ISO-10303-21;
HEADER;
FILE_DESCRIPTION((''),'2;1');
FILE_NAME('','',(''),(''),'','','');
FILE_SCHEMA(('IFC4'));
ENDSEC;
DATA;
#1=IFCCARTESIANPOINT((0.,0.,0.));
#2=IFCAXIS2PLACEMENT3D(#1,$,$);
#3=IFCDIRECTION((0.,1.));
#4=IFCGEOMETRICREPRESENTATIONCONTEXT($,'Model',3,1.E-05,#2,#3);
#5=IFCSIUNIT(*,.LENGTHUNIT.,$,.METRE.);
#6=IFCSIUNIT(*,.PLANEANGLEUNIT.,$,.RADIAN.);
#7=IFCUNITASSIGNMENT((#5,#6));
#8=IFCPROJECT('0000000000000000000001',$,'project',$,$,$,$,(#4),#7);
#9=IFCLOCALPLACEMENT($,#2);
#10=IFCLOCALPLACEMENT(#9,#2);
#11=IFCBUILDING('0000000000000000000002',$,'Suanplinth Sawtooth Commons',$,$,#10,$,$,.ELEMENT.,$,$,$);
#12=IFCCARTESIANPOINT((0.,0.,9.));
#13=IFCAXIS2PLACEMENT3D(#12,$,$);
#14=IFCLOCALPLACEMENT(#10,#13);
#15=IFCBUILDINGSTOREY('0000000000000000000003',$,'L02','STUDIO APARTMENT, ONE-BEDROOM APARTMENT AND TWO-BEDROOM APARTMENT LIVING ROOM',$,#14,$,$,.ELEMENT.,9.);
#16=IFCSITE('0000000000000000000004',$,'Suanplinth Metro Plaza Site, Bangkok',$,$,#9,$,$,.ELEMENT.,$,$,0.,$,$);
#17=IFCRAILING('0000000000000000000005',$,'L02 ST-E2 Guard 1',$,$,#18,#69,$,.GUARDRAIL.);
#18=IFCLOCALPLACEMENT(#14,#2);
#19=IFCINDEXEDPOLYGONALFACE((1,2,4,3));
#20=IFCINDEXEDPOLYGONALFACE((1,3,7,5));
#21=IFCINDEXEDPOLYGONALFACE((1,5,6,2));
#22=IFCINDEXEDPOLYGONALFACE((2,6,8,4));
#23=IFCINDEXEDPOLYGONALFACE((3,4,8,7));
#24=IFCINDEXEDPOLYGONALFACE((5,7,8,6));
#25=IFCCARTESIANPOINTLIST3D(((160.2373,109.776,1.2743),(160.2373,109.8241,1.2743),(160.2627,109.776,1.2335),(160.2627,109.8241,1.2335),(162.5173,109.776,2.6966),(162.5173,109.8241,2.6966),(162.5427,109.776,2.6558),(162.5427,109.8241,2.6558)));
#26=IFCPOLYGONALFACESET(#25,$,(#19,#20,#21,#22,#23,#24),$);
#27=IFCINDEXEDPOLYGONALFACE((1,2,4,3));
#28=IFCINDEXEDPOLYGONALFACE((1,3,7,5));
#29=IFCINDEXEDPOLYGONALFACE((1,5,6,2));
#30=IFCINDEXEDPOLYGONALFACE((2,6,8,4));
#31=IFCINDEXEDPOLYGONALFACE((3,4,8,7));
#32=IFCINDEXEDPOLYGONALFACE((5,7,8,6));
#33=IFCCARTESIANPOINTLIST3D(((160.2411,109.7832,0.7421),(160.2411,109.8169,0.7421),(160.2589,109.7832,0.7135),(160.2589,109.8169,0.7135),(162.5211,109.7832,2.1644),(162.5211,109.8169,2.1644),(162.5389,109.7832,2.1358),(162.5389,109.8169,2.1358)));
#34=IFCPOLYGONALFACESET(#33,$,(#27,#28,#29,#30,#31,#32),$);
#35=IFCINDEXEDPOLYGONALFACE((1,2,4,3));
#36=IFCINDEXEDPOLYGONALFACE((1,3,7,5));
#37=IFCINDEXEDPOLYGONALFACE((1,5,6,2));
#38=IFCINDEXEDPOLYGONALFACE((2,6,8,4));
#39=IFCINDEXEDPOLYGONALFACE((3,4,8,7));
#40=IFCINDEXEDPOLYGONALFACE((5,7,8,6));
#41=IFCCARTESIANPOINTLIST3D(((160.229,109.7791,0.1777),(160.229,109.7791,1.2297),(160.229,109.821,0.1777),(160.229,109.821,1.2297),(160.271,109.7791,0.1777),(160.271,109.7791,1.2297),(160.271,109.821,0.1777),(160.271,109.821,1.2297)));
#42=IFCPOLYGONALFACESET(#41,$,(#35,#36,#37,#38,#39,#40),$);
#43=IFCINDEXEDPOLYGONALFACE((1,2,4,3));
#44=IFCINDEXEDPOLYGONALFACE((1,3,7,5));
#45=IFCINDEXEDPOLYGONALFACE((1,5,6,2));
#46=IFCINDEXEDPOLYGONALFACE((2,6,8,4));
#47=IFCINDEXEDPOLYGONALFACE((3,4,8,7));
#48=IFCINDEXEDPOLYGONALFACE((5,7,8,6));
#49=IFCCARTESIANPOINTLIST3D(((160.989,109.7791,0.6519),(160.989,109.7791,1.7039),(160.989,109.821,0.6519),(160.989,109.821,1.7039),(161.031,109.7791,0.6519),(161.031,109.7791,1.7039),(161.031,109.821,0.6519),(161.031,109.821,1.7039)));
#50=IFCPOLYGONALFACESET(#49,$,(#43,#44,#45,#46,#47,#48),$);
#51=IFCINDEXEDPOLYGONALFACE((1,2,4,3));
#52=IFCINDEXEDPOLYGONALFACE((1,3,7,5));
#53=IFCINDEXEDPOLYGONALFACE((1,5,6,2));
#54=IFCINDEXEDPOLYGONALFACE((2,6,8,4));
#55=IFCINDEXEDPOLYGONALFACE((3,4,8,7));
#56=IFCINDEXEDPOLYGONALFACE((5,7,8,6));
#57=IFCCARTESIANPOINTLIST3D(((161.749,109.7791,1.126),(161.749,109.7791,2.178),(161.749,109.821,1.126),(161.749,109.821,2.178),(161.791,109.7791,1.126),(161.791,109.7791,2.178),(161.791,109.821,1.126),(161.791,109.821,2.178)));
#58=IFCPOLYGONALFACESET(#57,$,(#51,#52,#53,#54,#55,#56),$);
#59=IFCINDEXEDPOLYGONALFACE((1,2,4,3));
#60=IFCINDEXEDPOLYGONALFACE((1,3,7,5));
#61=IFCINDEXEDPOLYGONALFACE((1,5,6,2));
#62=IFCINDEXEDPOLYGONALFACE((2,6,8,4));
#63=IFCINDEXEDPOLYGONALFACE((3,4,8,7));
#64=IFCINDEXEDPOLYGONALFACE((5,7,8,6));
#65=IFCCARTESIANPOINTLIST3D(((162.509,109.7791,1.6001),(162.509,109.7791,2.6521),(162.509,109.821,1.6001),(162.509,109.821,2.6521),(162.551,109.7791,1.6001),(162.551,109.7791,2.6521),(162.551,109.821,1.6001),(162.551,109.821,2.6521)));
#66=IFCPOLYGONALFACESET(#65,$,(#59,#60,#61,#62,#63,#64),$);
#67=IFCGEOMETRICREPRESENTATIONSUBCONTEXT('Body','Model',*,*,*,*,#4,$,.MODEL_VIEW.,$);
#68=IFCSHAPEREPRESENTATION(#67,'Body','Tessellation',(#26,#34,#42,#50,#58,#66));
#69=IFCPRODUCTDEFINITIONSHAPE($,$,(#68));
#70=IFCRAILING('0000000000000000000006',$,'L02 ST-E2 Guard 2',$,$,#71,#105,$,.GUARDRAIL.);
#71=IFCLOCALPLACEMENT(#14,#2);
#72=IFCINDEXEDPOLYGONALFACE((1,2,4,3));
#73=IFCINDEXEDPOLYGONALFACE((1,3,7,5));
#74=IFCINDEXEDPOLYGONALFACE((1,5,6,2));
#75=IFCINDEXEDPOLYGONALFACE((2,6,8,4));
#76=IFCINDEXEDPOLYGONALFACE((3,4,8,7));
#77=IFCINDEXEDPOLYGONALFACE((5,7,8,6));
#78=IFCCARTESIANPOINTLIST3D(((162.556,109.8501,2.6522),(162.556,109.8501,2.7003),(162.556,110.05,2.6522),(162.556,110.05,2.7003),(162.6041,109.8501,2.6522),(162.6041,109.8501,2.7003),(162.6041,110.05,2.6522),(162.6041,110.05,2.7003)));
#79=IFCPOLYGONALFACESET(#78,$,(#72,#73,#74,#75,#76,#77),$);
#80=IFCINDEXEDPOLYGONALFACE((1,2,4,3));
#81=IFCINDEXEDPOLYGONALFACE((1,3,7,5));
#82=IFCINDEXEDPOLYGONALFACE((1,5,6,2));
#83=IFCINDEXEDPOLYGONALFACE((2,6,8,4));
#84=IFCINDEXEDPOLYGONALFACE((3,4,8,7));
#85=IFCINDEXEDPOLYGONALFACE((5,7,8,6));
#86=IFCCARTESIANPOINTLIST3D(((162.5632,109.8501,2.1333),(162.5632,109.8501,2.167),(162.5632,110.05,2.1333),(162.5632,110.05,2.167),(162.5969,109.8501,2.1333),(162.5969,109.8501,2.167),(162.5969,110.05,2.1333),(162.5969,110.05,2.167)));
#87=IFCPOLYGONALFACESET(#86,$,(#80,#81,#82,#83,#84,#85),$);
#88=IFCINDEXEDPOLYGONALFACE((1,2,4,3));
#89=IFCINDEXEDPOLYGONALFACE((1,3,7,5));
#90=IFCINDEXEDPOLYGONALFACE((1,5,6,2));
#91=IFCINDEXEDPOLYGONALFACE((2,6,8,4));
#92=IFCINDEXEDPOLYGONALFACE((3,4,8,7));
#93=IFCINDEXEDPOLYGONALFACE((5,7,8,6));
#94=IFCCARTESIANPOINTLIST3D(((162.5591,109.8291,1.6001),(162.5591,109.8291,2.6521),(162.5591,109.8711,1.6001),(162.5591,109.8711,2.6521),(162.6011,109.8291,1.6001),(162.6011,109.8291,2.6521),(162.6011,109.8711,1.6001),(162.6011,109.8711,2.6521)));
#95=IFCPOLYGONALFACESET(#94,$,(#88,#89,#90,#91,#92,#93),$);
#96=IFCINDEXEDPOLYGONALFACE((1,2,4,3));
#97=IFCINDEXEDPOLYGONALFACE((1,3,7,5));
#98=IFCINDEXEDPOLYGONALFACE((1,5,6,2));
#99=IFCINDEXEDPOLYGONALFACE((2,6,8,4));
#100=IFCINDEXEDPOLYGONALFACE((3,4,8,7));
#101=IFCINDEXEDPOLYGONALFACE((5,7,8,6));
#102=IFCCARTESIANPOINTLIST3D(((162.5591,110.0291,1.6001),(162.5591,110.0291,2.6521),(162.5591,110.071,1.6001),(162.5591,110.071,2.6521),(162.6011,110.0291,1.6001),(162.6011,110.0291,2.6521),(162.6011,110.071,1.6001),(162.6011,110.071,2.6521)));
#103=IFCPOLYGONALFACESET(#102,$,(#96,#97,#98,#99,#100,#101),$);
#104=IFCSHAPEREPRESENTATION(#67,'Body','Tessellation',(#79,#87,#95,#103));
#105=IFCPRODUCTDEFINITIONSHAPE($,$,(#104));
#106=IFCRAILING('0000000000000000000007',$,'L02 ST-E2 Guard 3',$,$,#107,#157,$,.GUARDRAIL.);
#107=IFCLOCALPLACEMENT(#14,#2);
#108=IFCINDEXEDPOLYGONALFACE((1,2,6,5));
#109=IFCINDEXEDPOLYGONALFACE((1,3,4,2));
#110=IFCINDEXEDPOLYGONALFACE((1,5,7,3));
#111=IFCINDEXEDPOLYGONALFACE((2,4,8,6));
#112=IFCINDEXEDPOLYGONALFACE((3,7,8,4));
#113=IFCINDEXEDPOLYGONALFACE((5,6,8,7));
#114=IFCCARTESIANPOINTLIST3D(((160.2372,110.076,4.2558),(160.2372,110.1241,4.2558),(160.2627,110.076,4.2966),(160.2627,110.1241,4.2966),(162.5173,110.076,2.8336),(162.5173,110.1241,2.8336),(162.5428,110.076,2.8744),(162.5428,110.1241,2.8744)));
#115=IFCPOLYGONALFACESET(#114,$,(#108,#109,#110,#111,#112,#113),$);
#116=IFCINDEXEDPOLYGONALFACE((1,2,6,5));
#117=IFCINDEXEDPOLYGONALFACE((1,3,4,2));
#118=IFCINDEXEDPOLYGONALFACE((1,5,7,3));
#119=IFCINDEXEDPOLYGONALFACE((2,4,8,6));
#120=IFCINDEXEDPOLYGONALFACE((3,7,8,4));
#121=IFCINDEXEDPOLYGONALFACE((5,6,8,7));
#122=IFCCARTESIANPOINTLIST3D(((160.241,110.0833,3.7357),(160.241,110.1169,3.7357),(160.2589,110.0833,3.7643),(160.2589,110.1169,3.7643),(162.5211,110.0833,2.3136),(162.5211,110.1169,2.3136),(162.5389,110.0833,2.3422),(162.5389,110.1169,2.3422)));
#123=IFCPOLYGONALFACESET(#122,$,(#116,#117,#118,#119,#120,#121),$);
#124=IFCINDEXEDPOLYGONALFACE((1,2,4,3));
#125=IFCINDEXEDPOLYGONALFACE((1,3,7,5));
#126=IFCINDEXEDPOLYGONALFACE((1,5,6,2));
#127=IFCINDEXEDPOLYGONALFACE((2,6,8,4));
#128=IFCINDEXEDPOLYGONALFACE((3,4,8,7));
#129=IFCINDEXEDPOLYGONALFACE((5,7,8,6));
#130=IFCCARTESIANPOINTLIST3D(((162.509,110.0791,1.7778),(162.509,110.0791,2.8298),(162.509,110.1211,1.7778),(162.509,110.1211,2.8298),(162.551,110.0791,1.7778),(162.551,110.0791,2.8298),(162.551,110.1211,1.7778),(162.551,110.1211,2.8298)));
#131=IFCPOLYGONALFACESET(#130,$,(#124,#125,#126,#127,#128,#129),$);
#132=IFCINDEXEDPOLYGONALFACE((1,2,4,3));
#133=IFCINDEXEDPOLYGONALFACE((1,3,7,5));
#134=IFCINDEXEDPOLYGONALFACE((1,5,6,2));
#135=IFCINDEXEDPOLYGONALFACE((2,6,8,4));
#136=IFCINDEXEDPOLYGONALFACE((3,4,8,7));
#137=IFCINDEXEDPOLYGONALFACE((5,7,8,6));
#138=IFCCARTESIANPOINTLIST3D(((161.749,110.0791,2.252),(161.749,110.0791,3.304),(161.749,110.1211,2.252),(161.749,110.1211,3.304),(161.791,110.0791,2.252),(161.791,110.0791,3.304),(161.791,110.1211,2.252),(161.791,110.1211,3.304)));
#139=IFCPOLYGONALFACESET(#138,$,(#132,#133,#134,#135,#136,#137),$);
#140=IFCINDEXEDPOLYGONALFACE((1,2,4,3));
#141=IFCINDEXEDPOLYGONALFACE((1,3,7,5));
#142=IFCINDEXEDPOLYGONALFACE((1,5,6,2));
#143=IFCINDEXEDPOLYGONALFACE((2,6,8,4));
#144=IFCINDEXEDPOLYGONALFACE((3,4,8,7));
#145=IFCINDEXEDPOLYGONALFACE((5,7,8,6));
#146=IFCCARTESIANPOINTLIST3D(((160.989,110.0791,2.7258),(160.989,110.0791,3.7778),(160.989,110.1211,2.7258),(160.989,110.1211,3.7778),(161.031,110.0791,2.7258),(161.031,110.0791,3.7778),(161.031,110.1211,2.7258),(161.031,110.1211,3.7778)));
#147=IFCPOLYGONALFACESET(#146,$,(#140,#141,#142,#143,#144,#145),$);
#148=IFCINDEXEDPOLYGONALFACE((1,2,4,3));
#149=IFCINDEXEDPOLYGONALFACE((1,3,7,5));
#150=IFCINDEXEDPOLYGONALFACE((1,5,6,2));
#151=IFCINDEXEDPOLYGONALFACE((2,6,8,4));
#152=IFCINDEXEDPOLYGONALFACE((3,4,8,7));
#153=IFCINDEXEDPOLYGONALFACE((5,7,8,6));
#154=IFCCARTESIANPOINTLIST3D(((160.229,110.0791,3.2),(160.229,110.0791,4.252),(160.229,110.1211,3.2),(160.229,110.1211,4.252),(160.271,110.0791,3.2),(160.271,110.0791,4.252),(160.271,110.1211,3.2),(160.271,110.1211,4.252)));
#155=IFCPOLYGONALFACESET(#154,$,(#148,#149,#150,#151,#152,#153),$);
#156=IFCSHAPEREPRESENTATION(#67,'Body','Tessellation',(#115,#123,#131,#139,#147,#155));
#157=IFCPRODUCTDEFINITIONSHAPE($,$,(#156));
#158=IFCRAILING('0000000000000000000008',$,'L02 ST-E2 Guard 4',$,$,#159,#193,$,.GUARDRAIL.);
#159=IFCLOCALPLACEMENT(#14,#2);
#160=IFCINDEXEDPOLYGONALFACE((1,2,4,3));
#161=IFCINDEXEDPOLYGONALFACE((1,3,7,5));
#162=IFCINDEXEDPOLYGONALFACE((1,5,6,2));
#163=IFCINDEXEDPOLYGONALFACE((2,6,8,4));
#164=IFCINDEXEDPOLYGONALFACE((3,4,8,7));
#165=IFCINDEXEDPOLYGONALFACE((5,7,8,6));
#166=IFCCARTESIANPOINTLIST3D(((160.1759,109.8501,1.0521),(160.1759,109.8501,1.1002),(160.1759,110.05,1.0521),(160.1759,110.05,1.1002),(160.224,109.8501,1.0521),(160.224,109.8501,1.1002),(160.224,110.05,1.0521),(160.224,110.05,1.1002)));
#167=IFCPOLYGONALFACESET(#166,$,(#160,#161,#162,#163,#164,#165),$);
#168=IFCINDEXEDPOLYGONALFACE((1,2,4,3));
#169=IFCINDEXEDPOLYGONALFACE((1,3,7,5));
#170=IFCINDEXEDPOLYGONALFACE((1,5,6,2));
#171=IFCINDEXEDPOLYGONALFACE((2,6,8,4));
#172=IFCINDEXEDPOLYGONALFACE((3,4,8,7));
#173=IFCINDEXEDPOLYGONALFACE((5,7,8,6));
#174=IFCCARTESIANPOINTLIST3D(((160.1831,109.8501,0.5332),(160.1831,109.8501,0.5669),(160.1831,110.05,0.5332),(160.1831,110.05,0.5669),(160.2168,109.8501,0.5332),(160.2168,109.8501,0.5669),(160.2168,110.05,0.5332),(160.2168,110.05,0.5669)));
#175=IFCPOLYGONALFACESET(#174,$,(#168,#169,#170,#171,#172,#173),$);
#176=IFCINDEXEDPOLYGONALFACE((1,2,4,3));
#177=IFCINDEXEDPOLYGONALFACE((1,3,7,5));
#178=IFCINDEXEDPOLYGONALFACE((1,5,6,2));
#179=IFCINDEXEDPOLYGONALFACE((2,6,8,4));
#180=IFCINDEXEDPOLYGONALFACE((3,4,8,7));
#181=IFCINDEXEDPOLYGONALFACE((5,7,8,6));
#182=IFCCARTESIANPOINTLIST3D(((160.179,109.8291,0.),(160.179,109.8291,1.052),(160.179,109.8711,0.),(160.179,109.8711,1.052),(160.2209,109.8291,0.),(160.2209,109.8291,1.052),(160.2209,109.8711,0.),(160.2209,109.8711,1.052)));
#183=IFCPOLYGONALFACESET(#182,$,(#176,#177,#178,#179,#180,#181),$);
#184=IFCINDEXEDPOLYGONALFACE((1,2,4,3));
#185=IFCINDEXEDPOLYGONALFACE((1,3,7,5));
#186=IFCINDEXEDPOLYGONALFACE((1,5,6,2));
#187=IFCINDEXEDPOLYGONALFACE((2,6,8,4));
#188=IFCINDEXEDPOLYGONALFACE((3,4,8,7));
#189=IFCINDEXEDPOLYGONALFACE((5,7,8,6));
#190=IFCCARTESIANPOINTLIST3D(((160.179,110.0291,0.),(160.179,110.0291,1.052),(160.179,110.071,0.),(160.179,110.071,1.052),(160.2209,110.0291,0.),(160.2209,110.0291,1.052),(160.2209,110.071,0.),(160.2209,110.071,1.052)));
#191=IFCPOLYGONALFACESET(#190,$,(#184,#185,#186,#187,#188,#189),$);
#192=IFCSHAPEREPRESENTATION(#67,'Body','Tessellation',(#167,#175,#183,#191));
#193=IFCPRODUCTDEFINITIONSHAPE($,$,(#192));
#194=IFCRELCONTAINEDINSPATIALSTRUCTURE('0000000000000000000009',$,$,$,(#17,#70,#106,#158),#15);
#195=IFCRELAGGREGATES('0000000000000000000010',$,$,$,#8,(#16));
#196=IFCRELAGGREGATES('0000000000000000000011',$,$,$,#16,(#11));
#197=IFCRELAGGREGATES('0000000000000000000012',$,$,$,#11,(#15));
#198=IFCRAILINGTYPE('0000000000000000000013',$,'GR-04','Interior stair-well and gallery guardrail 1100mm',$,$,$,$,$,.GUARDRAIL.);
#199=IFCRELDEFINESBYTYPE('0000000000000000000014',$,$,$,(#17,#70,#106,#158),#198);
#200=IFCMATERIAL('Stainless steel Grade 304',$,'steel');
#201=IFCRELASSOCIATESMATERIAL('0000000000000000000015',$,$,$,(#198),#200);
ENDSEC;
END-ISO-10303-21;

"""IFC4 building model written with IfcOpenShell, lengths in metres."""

from ifc_helpers import new_model, si_unit, direction, frame, origin, origin_2d, place, context, subcontext, project, spatial, rectangle, extrude, material, type_object, element, save


model = new_model("IFC4")

# Units and contexts
model_context = context("Model", 3, precision=1e-05, world=origin(), true_north=direction((0.0, 1.0)))
body_context = subcontext(model_context, "Body", "Model", "MODEL_VIEW")
ifc_project = project(units=[si_unit("LENGTHUNIT", "METRE"), si_unit("PLANEANGLEUNIT", "RADIAN")], contexts=[model_context])

# Site, building, storey
site_placement = place(None, origin())
site = spatial("IfcSite", under=ifc_project, at=site_placement, Name="Suanplinth Metro Plaza Site, Bangkok", CompositionType="ELEMENT", RefElevation=0.0)
building_placement = place(site_placement, origin())
building = spatial("IfcBuilding", under=site, at=building_placement, Name="Suanplinth Sawtooth Commons", CompositionType="ELEMENT")
storey_placement = place(building_placement, frame((0.0, 0.0, 9.0)))
storey = spatial("IfcBuildingStorey", under=building, at=storey_placement, Name="L02", Description="STUDIO APARTMENT, ONE-BEDROOM APARTMENT AND TWO-BEDROOM APARTMENT LIVING ROOM", CompositionType="ELEMENT", Elevation=9.0)

# Shared definitions
ifc_material_1 = material(Name="Stainless steel Grade 304", Category="steel")

# Railings
railing_type_1 = type_object("IfcRailingType", Name="GR-04", Description="Interior stair-well and gallery guardrail 1100mm", PredefinedType="GUARDRAIL", material=ifc_material_1)
railing_1_placement = place(storey_placement, frame((160.25, 109.8, 0.1777)))
element("IfcRailing", 1, at=railing_1_placement, inside=storey, type_object=railing_type_1, Name="L02 ST-E2 Guard 1", PredefinedType="GUARDRAIL", context=body_context, shape_type="SweptSolid", body=[
    extrude(rectangle(XDim=0.0481, YDim=0.0481, at=origin_2d()), frame((0.0, 0.0, 1.0762), z_axis=(0.848442, 0.0, 0.529288), x_axis=(0.0, 1.0, 0.0)), (0.0, 0.0, 1.0), 2.6873),
    extrude(rectangle(XDim=0.0337, YDim=0.0337, at=origin_2d()), frame((0.0, 0.0, 0.55), z_axis=(0.848442, 0.0, 0.529288), x_axis=(0.0, 1.0, 0.0)), (0.0, 0.0, 1.0), 2.6873),
    extrude(rectangle(XDim=0.042, YDim=0.042, at=origin_2d()), origin(), (0.0, 0.0, 1.0), 1.052),
    extrude(rectangle(XDim=0.042, YDim=0.042, at=origin_2d()), frame((0.76, 0.0, 0.4741)), (0.0, 0.0, 1.0), 1.052),
    extrude(rectangle(XDim=0.042, YDim=0.042, at=origin_2d()), frame((1.52, 0.0, 0.9482)), (0.0, 0.0, 1.0), 1.052),
    extrude(rectangle(XDim=0.042, YDim=0.042, at=origin_2d()), frame((2.28, 0.0, 1.4224)), (0.0, 0.0, 1.0), 1.052),
])
railing_2_placement = place(storey_placement, frame((162.5801, 109.8501, 1.6001)))
element("IfcRailing", 2, at=railing_2_placement, inside=storey, type_object=railing_type_1, Name="L02 ST-E2 Guard 2", PredefinedType="GUARDRAIL", context=body_context, shape_type="SweptSolid", body=[
    extrude(rectangle(XDim=0.0481, YDim=0.0481, at=origin_2d()), frame((0.0, 0.0, 1.0762), z_axis=(0.0, 1.0, 0.0), x_axis=(-1.0, 0.0, 0.0)), (0.0, 0.0, 1.0), 0.2),
    extrude(rectangle(XDim=0.0337, YDim=0.0337, at=origin_2d()), frame((0.0, 0.0, 0.55), z_axis=(0.0, 1.0, 0.0), x_axis=(-1.0, 0.0, 0.0)), (0.0, 0.0, 1.0), 0.2),
    extrude(rectangle(XDim=0.042, YDim=0.042, at=origin_2d()), origin(), (0.0, 0.0, 1.0), 1.052),
    extrude(rectangle(XDim=0.042, YDim=0.042, at=origin_2d()), frame((0.0, 0.2, 0.0)), (0.0, 0.0, 1.0), 1.052),
])
railing_3_placement = place(storey_placement, frame((162.53, 110.1001, 1.7778)))
element("IfcRailing", 3, at=railing_3_placement, inside=storey, type_object=railing_type_1, Name="L02 ST-E2 Guard 3", PredefinedType="GUARDRAIL", context=body_context, shape_type="SweptSolid", body=[
    extrude(rectangle(XDim=0.0481, YDim=0.0481, at=origin_2d()), frame((0.0, 0.0, 1.0762), z_axis=(-0.848483, 0.0, 0.529223), x_axis=(0.0, -1.0, 0.0)), (0.0, 0.0, 1.0), 2.6873),
    extrude(rectangle(XDim=0.0337, YDim=0.0337, at=origin_2d()), frame((0.0, 0.0, 0.55), z_axis=(-0.848483, 0.0, 0.529223), x_axis=(0.0, -1.0, 0.0)), (0.0, 0.0, 1.0), 2.6873),
    extrude(rectangle(XDim=0.042, YDim=0.042, at=origin_2d()), origin(), (0.0, 0.0, 1.0), 1.052),
    extrude(rectangle(XDim=0.042, YDim=0.042, at=origin_2d()), frame((-0.76, 0.0, 0.4741)), (0.0, 0.0, 1.0), 1.052),
    extrude(rectangle(XDim=0.042, YDim=0.042, at=origin_2d()), frame((-1.52, 0.0, 0.948)), (0.0, 0.0, 1.0), 1.052),
    extrude(rectangle(XDim=0.042, YDim=0.042, at=origin_2d()), frame((-2.28, 0.0, 1.4221)), (0.0, 0.0, 1.0), 1.052),
])
railing_4_placement = place(storey_placement, frame((160.2, 109.8501, 0.0)))
element("IfcRailing", 4, at=railing_4_placement, inside=storey, type_object=railing_type_1, Name="L02 ST-E2 Guard 4", PredefinedType="GUARDRAIL", context=body_context, shape_type="SweptSolid", body=[
    extrude(rectangle(XDim=0.0481, YDim=0.0481, at=origin_2d()), frame((0.0, 0.0, 1.0762), z_axis=(0.0, 1.0, 0.0), x_axis=(-1.0, 0.0, 0.0)), (0.0, 0.0, 1.0), 0.2),
    extrude(rectangle(XDim=0.0337, YDim=0.0337, at=origin_2d()), frame((0.0, 0.0, 0.55), z_axis=(0.0, 1.0, 0.0), x_axis=(-1.0, 0.0, 0.0)), (0.0, 0.0, 1.0), 0.2),
    extrude(rectangle(XDim=0.042, YDim=0.042, at=origin_2d()), origin(), (0.0, 0.0, 1.0), 1.052),
    extrude(rectangle(XDim=0.042, YDim=0.042, at=origin_2d()), frame((0.0, 0.2, 0.0)), (0.0, 0.0, 1.0), 1.052),
])

save(model, "model.ifc")
